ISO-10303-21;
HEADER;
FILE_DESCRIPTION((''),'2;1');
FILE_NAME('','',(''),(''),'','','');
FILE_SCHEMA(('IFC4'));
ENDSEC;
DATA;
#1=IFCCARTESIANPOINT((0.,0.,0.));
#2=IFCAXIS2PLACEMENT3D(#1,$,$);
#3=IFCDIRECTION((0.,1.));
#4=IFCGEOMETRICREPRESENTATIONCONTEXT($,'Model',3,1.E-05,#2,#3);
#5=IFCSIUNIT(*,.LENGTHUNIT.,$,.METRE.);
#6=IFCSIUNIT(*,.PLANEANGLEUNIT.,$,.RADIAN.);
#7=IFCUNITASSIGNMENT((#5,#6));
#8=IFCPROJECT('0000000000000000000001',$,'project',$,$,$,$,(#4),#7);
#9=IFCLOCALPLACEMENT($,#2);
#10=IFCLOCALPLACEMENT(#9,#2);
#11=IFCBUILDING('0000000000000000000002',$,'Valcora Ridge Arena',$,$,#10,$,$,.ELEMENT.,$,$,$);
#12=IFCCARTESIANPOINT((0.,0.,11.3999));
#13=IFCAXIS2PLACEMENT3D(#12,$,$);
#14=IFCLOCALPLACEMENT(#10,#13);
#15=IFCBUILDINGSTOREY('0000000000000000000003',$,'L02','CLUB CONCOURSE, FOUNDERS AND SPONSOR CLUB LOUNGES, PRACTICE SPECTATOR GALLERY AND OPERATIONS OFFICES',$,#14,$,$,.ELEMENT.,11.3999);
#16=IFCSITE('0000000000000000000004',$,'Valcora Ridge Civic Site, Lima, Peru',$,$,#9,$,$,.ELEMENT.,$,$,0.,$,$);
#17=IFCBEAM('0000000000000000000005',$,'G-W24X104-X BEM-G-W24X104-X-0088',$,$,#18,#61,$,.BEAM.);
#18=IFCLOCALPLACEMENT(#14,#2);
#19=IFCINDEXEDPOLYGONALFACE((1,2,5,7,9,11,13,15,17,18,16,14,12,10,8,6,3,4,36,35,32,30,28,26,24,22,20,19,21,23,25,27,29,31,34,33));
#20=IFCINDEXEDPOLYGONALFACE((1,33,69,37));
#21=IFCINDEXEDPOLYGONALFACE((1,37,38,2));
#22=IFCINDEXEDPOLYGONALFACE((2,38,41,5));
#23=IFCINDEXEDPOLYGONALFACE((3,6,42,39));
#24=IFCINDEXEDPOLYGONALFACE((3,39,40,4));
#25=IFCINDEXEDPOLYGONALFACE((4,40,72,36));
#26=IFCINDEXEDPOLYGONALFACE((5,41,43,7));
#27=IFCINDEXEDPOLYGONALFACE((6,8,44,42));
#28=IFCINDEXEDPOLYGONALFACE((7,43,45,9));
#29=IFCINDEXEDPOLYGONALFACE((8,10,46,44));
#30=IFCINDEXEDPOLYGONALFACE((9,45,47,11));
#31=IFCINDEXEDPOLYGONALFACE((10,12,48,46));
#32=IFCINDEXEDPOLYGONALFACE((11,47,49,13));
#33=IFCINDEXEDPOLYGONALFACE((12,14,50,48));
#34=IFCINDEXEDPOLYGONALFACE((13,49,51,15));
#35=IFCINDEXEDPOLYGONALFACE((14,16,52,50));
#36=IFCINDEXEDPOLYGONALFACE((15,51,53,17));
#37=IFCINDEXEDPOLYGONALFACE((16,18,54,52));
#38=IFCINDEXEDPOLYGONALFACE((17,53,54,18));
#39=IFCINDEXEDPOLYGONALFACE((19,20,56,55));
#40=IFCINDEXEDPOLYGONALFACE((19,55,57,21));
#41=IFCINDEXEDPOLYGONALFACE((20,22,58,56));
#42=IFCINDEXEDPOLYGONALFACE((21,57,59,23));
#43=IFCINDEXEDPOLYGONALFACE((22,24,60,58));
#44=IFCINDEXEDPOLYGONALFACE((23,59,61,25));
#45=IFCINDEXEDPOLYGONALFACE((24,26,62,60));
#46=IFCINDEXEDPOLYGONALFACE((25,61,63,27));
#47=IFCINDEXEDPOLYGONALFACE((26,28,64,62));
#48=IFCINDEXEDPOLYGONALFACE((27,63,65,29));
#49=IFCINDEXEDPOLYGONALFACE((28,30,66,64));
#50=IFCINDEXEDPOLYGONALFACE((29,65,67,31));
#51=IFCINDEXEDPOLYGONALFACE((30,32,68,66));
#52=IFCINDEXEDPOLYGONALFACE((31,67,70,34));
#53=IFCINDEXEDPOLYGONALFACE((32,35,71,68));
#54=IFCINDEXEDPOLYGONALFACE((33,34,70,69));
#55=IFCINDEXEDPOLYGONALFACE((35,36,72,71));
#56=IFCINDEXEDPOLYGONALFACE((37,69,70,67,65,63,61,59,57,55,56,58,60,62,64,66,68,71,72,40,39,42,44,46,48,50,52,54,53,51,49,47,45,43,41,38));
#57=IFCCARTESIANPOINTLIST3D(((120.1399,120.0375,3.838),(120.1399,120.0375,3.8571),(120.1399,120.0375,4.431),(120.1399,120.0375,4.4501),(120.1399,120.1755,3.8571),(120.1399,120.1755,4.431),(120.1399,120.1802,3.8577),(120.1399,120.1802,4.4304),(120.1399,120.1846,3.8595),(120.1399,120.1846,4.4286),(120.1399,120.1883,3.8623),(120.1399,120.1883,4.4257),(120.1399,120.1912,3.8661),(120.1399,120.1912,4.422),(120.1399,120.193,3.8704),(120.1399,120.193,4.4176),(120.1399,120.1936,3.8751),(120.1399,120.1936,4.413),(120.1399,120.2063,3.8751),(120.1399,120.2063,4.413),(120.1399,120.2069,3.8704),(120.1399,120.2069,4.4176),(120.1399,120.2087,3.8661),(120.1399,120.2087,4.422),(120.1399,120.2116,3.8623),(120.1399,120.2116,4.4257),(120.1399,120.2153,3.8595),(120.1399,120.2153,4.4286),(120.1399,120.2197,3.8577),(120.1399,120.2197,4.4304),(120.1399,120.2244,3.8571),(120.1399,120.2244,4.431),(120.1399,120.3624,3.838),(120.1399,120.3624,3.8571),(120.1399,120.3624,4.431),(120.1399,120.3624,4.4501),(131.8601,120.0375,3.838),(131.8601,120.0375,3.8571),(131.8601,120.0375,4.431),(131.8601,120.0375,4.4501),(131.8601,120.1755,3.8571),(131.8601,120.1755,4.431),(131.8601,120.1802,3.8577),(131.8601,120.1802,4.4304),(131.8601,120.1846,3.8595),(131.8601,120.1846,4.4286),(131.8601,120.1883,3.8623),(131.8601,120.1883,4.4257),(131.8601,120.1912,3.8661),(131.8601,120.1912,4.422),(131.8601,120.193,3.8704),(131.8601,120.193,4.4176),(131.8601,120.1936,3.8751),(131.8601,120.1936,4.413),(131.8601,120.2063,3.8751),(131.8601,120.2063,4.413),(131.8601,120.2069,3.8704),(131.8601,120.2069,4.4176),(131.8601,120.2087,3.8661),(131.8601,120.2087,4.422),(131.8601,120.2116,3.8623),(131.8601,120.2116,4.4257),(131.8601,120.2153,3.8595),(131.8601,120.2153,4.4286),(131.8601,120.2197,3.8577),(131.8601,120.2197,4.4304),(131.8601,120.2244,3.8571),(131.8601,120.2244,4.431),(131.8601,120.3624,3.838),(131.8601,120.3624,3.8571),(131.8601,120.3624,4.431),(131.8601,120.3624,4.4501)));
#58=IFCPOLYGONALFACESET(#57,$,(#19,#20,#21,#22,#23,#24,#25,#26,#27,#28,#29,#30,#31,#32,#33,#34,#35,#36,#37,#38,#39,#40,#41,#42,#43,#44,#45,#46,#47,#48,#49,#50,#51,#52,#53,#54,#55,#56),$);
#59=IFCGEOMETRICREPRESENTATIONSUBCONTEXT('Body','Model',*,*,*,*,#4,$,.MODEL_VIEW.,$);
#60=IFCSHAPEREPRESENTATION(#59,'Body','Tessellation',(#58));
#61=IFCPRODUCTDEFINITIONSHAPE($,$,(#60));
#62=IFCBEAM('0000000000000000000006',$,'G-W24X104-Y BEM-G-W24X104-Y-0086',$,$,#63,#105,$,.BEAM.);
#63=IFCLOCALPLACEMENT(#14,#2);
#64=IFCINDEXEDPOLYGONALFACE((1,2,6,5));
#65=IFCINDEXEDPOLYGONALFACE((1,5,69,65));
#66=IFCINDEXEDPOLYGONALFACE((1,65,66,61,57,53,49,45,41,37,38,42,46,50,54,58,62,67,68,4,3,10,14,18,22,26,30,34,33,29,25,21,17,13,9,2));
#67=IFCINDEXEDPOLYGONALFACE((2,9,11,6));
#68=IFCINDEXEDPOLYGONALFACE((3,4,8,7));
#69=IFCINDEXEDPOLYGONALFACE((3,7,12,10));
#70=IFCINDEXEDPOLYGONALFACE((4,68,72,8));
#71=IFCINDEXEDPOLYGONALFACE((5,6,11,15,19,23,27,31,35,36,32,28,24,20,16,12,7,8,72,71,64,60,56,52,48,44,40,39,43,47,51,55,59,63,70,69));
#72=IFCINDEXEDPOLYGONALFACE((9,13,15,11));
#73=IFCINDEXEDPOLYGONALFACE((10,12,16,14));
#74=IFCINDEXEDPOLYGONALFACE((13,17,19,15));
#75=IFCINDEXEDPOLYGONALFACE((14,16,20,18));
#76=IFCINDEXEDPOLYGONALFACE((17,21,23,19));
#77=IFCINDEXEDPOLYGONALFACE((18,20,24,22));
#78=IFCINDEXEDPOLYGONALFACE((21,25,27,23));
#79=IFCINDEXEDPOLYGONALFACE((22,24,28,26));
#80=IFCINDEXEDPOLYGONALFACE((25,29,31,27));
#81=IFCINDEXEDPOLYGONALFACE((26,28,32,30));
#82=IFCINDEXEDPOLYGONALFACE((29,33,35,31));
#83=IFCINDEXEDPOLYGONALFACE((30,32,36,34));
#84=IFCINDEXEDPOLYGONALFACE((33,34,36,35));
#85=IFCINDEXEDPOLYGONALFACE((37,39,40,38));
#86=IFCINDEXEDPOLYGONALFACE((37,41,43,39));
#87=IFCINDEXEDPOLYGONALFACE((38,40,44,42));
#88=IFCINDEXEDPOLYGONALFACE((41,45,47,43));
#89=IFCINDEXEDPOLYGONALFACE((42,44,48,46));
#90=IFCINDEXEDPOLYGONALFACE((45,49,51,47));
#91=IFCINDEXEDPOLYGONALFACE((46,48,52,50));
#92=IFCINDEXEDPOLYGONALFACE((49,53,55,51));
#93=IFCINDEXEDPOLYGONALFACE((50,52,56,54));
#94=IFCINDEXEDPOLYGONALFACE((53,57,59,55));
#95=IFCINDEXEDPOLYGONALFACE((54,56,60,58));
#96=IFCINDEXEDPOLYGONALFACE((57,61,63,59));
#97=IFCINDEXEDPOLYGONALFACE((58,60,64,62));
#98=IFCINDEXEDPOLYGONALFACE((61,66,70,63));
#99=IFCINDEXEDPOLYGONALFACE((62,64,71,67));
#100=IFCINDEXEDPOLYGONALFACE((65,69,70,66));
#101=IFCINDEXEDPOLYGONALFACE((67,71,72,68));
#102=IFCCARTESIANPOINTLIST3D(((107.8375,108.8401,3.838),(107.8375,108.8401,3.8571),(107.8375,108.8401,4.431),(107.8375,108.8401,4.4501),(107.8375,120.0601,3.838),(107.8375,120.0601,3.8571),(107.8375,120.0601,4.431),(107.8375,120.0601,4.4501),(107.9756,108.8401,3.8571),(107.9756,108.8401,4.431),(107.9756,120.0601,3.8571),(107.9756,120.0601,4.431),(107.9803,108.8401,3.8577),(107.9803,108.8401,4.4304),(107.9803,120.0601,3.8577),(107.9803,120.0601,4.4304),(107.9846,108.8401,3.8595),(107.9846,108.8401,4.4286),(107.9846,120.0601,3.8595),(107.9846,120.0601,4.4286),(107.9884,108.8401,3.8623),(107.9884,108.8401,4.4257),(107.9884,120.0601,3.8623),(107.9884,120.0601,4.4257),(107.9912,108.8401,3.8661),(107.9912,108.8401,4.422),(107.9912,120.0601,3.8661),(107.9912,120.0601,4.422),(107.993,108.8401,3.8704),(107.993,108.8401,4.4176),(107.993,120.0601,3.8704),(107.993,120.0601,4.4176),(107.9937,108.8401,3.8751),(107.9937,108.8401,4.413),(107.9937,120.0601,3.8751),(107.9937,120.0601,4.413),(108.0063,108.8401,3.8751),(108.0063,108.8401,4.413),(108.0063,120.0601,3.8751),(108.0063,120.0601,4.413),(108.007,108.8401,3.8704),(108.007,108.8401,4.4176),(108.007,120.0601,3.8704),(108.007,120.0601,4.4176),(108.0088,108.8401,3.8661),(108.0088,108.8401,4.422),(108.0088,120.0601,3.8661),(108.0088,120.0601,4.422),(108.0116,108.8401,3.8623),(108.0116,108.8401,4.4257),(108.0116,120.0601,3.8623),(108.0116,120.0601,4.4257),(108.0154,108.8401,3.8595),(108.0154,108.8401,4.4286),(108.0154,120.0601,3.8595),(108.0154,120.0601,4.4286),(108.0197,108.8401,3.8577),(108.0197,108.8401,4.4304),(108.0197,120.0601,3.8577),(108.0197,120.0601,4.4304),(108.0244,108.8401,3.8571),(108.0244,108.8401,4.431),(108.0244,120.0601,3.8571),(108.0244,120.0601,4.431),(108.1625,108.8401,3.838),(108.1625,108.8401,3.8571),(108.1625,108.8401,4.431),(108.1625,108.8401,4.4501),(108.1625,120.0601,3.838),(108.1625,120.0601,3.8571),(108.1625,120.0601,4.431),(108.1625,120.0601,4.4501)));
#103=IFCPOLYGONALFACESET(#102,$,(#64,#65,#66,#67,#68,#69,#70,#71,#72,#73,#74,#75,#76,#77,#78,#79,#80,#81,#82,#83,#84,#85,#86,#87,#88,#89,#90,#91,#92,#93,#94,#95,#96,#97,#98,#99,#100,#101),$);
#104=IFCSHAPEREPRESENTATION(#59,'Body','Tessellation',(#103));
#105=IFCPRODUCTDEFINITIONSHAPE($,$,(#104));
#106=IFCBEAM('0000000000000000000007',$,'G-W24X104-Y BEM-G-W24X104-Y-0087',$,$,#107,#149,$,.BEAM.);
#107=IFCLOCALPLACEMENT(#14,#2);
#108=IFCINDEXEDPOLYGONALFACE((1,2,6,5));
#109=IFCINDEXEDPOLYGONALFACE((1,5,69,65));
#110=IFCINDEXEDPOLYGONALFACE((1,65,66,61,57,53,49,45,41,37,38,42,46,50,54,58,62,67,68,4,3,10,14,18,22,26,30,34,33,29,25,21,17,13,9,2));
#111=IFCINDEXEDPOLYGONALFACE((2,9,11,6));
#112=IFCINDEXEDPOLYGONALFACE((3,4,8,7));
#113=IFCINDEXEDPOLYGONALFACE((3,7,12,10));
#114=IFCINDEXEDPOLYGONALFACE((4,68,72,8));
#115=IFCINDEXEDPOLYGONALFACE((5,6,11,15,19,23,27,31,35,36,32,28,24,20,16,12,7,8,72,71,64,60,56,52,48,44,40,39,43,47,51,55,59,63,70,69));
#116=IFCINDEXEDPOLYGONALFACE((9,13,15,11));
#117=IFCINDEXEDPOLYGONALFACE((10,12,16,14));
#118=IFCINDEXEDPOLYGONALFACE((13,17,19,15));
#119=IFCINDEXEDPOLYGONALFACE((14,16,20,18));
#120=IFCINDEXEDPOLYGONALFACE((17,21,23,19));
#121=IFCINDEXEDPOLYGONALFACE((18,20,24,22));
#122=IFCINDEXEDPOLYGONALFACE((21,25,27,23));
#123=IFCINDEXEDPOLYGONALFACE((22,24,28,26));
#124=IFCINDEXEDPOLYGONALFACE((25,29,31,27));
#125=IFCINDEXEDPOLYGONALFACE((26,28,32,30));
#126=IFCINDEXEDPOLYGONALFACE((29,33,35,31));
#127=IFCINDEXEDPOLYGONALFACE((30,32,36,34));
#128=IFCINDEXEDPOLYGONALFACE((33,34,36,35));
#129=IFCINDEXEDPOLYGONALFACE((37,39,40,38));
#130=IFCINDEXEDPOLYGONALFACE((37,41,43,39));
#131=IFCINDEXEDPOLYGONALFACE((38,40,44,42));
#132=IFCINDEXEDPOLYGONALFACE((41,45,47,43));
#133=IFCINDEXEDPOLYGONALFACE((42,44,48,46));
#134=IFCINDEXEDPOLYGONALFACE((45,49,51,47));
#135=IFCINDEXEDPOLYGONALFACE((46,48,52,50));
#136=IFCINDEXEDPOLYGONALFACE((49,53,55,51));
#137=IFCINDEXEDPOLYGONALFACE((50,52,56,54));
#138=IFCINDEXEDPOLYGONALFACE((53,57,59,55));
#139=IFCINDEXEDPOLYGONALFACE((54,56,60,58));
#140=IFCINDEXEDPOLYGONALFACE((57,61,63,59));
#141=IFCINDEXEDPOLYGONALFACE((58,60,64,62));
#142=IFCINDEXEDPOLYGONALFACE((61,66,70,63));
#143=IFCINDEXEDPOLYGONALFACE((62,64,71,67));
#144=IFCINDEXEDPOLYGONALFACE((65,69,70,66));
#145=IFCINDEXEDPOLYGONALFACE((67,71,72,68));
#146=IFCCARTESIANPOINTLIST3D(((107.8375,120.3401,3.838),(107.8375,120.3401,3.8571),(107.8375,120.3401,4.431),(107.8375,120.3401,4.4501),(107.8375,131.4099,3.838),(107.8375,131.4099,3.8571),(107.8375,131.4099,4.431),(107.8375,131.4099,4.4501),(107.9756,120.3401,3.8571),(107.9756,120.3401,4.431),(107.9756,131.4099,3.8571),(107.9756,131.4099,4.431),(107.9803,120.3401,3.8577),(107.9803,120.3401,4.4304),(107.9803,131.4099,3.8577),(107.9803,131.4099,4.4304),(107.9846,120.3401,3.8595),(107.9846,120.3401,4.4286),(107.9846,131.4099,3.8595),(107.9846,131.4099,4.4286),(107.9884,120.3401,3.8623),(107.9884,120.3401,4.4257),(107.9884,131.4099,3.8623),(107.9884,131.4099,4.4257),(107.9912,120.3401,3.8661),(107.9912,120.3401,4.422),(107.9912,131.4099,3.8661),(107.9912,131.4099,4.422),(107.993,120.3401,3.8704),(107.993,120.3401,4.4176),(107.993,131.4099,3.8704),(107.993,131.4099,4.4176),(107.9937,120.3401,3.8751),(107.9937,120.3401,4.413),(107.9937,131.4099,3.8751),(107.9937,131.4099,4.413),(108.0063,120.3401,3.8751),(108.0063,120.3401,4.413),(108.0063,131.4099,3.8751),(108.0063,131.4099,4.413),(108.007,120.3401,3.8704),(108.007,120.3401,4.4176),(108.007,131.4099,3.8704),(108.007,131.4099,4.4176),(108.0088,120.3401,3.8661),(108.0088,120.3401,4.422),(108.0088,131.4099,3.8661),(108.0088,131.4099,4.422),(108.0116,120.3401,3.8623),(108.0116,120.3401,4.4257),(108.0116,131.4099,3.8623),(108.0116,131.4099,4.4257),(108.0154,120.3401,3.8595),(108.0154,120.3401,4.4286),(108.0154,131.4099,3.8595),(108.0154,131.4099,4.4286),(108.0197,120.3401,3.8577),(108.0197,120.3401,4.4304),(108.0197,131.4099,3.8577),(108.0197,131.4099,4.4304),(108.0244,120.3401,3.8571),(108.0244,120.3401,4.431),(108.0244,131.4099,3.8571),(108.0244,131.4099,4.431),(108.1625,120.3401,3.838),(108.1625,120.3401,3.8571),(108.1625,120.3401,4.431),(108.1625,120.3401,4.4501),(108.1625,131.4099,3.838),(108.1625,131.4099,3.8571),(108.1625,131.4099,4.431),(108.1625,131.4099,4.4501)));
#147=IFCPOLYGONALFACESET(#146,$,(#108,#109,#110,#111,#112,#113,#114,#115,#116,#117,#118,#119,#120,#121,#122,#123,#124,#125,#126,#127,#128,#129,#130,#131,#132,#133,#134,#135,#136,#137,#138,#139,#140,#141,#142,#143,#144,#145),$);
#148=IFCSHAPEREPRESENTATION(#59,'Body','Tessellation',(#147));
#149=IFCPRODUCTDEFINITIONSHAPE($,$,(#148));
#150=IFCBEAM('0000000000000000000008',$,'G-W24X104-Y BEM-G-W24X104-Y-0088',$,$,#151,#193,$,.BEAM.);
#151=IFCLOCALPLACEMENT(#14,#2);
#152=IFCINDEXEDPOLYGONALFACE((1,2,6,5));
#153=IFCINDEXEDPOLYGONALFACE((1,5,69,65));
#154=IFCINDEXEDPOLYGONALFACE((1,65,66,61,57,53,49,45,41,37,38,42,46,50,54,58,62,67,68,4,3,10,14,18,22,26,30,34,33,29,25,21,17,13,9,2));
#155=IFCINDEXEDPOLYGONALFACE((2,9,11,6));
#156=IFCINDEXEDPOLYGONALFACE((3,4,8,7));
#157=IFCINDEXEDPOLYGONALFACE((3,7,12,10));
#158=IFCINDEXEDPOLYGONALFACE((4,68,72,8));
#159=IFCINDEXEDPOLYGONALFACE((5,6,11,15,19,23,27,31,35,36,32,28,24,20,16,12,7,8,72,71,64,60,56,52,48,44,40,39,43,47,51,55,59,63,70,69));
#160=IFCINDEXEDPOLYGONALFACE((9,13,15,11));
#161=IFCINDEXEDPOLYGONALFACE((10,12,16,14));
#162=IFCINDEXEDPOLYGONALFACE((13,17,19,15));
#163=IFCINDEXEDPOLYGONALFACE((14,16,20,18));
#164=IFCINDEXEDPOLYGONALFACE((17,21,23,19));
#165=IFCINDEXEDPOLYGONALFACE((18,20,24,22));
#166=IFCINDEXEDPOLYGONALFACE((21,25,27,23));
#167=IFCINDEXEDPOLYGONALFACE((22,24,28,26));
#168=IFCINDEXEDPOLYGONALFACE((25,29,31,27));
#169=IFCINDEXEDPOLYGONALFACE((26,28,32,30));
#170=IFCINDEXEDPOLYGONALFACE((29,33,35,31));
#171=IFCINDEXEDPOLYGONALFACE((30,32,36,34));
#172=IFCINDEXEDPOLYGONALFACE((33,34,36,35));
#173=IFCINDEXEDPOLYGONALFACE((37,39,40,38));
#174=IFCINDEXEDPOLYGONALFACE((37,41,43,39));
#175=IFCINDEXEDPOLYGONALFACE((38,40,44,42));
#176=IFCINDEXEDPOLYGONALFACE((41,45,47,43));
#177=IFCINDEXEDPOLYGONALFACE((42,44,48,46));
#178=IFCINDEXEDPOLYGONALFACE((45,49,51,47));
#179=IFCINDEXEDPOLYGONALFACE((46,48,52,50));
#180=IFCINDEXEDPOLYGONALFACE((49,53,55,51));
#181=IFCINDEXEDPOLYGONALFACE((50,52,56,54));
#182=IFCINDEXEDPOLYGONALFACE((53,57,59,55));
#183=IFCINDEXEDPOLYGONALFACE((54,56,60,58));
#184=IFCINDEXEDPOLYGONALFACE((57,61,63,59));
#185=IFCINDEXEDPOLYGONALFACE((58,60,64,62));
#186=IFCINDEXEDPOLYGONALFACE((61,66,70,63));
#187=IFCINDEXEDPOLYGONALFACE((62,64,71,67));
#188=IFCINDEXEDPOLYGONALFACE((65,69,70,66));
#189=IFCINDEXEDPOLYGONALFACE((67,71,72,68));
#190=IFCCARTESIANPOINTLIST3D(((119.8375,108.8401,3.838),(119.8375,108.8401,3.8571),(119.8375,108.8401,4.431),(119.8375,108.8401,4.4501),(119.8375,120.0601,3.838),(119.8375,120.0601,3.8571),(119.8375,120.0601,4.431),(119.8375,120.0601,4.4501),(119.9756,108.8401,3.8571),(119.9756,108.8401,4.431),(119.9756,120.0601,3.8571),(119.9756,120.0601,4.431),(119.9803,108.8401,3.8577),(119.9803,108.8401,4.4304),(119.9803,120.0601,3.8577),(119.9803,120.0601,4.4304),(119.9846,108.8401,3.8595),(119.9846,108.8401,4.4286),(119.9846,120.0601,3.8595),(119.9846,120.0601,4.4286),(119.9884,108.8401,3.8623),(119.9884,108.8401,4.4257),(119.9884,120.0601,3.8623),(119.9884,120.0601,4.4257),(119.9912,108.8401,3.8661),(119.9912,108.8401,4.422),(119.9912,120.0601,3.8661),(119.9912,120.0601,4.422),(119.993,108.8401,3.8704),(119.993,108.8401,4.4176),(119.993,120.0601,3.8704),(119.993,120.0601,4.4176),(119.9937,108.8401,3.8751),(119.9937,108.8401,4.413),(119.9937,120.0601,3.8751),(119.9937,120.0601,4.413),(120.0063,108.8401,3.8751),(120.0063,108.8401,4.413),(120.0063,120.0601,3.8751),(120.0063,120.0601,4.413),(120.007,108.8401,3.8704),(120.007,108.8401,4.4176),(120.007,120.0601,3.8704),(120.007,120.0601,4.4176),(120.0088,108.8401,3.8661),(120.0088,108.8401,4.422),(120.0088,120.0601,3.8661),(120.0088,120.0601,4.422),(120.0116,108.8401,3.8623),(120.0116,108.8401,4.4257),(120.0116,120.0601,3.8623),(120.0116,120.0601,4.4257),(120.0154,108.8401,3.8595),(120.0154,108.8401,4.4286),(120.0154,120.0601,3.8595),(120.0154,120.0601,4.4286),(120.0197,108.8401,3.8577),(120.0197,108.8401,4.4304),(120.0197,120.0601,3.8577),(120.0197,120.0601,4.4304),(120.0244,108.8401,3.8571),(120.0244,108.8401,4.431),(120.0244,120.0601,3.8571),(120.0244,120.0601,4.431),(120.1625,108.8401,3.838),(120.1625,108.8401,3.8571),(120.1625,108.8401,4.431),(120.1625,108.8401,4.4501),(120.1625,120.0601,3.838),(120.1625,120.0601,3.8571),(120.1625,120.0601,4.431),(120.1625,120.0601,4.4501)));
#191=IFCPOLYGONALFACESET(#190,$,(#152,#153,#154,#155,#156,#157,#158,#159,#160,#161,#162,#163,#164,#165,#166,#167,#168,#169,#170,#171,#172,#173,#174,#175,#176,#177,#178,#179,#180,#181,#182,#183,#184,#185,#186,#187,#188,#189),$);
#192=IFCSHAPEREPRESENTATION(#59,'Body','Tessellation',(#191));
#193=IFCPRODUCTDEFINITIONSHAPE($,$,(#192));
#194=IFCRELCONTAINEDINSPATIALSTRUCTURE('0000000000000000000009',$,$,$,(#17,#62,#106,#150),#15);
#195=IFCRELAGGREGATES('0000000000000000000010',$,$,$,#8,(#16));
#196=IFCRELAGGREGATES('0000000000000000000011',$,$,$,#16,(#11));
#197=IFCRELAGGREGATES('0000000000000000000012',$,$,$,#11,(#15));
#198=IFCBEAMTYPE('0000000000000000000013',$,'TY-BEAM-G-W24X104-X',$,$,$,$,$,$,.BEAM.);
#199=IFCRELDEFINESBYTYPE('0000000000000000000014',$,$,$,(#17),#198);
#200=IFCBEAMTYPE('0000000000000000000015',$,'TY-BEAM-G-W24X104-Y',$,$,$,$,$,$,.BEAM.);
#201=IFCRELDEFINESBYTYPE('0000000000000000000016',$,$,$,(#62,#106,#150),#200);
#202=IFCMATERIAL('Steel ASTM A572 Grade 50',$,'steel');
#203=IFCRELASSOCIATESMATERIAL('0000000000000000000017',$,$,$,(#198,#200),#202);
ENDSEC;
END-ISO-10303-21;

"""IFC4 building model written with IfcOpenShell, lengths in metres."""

from ifc_helpers import new_model, si_unit, direction, frame, origin, origin_2d, place, context, subcontext, project, spatial, i_section, extrude, material, material_profile, profile_set, type_object, element, save


model = new_model("IFC4")

# Units and contexts
model_context = context("Model", 3, precision=1e-05, world=origin(), true_north=direction((0.0, 1.0)))
body_context = subcontext(model_context, "Body", "Model", "MODEL_VIEW")
ifc_project = project(units=[si_unit("LENGTHUNIT", "METRE"), si_unit("PLANEANGLEUNIT", "RADIAN")], contexts=[model_context])

# Site, building, storey
site_placement = place(None, origin())
site = spatial("IfcSite", under=ifc_project, at=site_placement, Name="Valcora Ridge Civic Site, Lima, Peru", CompositionType="ELEMENT", RefElevation=0.0)
building_placement = place(site_placement, origin())
building = spatial("IfcBuilding", under=site, at=building_placement, Name="Valcora Ridge Arena", CompositionType="ELEMENT")
storey_placement = place(building_placement, frame((0.0, 0.0, 11.3999)))
storey = spatial("IfcBuildingStorey", under=building, at=storey_placement, Name="L02", Description="CLUB CONCOURSE, FOUNDERS AND SPONSOR CLUB LOUNGES, PRACTICE SPECTATOR GALLERY AND OPERATIONS OFFICES", CompositionType="ELEMENT", Elevation=11.3999)

# Beams
ifc_material_1 = material(Name="Steel ASTM A572 Grade 50", Category="steel")
ifc_material_profile_1 = material_profile(ifc_material_1, i_section(OverallWidth=0.325, OverallDepth=0.6121, WebThickness=0.0127, FlangeThickness=0.019, FilletRadius=0.0181, at=origin_2d()), Name="W24X104")
ifc_profile_set_1 = profile_set([ifc_material_profile_1], Name="Steel ASTM A572 Grade 50")
beam_type_1 = type_object("IfcBeamType", Name="TY-BEAM-G-W24X104-X", PredefinedType="BEAM", material=ifc_profile_set_1)
for number, where, z_axis, x_axis, name in (
    (1, (120.1399, 120.2, 4.144), (1.0, 0.0, 0.0), (0.0, 1.0, 0.0), "G-W24X104-X BEM-G-W24X104-X-0088"),
):
    element("IfcBeam", number, at=place(storey_placement, frame(where, z_axis=z_axis, x_axis=x_axis)), inside=storey, type_object=beam_type_1, Name=name, PredefinedType="BEAM", context=body_context, shape_type="SweptSolid", body=[
        extrude(i_section(OverallWidth=0.325, OverallDepth=0.6121, WebThickness=0.0127, FlangeThickness=0.019, FilletRadius=0.0181, at=origin_2d()), origin(), (0.0, 0.0, 1.0), 11.7202),
    ])
ifc_material_profile_2 = material_profile(ifc_material_1, i_section(OverallWidth=0.325, OverallDepth=0.6121, WebThickness=0.0127, FlangeThickness=0.019, FilletRadius=0.0181, at=origin_2d()), Name="W24X104")
ifc_profile_set_2 = profile_set([ifc_material_profile_2], Name="Steel ASTM A572 Grade 50")
beam_type_2 = type_object("IfcBeamType", Name="TY-BEAM-G-W24X104-Y", PredefinedType="BEAM", material=ifc_profile_set_2)
beam_1_placement = place(storey_placement, frame((108.0, 108.8401, 4.144), z_axis=(0.0, 1.0, 0.0), x_axis=(-1.0, 0.0, 0.0)))
element("IfcBeam", 2, at=beam_1_placement, inside=storey, type_object=beam_type_2, Name="G-W24X104-Y BEM-G-W24X104-Y-0086", PredefinedType="BEAM", context=body_context, shape_type="SweptSolid", body=[
    extrude(i_section(OverallWidth=0.325, OverallDepth=0.6121, WebThickness=0.0127, FlangeThickness=0.019, FilletRadius=0.0181, at=origin_2d()), origin(), (0.0, 0.0, 1.0), 11.22),
])
beam_2_placement = place(storey_placement, frame((108.0, 120.3401, 4.144), z_axis=(0.0, 1.0, 0.0), x_axis=(-1.0, 0.0, 0.0)))
element("IfcBeam", 3, at=beam_2_placement, inside=storey, type_object=beam_type_2, Name="G-W24X104-Y BEM-G-W24X104-Y-0087", PredefinedType="BEAM", context=body_context, shape_type="SweptSolid", body=[
    extrude(i_section(OverallWidth=0.325, OverallDepth=0.6121, WebThickness=0.0127, FlangeThickness=0.019, FilletRadius=0.0181, at=origin_2d()), origin(), (0.0, 0.0, 1.0), 11.0698),
])
beam_3_placement = place(storey_placement, frame((120.0, 108.8401, 4.144), z_axis=(0.0, 1.0, 0.0), x_axis=(-1.0, 0.0, 0.0)))
element("IfcBeam", 4, at=beam_3_placement, inside=storey, type_object=beam_type_2, Name="G-W24X104-Y BEM-G-W24X104-Y-0088", PredefinedType="BEAM", context=body_context, shape_type="SweptSolid", body=[
    extrude(i_section(OverallWidth=0.325, OverallDepth=0.6121, WebThickness=0.0127, FlangeThickness=0.019, FilletRadius=0.0181, at=origin_2d()), origin(), (0.0, 0.0, 1.0), 11.22),
])

save(model, "model.ifc")
